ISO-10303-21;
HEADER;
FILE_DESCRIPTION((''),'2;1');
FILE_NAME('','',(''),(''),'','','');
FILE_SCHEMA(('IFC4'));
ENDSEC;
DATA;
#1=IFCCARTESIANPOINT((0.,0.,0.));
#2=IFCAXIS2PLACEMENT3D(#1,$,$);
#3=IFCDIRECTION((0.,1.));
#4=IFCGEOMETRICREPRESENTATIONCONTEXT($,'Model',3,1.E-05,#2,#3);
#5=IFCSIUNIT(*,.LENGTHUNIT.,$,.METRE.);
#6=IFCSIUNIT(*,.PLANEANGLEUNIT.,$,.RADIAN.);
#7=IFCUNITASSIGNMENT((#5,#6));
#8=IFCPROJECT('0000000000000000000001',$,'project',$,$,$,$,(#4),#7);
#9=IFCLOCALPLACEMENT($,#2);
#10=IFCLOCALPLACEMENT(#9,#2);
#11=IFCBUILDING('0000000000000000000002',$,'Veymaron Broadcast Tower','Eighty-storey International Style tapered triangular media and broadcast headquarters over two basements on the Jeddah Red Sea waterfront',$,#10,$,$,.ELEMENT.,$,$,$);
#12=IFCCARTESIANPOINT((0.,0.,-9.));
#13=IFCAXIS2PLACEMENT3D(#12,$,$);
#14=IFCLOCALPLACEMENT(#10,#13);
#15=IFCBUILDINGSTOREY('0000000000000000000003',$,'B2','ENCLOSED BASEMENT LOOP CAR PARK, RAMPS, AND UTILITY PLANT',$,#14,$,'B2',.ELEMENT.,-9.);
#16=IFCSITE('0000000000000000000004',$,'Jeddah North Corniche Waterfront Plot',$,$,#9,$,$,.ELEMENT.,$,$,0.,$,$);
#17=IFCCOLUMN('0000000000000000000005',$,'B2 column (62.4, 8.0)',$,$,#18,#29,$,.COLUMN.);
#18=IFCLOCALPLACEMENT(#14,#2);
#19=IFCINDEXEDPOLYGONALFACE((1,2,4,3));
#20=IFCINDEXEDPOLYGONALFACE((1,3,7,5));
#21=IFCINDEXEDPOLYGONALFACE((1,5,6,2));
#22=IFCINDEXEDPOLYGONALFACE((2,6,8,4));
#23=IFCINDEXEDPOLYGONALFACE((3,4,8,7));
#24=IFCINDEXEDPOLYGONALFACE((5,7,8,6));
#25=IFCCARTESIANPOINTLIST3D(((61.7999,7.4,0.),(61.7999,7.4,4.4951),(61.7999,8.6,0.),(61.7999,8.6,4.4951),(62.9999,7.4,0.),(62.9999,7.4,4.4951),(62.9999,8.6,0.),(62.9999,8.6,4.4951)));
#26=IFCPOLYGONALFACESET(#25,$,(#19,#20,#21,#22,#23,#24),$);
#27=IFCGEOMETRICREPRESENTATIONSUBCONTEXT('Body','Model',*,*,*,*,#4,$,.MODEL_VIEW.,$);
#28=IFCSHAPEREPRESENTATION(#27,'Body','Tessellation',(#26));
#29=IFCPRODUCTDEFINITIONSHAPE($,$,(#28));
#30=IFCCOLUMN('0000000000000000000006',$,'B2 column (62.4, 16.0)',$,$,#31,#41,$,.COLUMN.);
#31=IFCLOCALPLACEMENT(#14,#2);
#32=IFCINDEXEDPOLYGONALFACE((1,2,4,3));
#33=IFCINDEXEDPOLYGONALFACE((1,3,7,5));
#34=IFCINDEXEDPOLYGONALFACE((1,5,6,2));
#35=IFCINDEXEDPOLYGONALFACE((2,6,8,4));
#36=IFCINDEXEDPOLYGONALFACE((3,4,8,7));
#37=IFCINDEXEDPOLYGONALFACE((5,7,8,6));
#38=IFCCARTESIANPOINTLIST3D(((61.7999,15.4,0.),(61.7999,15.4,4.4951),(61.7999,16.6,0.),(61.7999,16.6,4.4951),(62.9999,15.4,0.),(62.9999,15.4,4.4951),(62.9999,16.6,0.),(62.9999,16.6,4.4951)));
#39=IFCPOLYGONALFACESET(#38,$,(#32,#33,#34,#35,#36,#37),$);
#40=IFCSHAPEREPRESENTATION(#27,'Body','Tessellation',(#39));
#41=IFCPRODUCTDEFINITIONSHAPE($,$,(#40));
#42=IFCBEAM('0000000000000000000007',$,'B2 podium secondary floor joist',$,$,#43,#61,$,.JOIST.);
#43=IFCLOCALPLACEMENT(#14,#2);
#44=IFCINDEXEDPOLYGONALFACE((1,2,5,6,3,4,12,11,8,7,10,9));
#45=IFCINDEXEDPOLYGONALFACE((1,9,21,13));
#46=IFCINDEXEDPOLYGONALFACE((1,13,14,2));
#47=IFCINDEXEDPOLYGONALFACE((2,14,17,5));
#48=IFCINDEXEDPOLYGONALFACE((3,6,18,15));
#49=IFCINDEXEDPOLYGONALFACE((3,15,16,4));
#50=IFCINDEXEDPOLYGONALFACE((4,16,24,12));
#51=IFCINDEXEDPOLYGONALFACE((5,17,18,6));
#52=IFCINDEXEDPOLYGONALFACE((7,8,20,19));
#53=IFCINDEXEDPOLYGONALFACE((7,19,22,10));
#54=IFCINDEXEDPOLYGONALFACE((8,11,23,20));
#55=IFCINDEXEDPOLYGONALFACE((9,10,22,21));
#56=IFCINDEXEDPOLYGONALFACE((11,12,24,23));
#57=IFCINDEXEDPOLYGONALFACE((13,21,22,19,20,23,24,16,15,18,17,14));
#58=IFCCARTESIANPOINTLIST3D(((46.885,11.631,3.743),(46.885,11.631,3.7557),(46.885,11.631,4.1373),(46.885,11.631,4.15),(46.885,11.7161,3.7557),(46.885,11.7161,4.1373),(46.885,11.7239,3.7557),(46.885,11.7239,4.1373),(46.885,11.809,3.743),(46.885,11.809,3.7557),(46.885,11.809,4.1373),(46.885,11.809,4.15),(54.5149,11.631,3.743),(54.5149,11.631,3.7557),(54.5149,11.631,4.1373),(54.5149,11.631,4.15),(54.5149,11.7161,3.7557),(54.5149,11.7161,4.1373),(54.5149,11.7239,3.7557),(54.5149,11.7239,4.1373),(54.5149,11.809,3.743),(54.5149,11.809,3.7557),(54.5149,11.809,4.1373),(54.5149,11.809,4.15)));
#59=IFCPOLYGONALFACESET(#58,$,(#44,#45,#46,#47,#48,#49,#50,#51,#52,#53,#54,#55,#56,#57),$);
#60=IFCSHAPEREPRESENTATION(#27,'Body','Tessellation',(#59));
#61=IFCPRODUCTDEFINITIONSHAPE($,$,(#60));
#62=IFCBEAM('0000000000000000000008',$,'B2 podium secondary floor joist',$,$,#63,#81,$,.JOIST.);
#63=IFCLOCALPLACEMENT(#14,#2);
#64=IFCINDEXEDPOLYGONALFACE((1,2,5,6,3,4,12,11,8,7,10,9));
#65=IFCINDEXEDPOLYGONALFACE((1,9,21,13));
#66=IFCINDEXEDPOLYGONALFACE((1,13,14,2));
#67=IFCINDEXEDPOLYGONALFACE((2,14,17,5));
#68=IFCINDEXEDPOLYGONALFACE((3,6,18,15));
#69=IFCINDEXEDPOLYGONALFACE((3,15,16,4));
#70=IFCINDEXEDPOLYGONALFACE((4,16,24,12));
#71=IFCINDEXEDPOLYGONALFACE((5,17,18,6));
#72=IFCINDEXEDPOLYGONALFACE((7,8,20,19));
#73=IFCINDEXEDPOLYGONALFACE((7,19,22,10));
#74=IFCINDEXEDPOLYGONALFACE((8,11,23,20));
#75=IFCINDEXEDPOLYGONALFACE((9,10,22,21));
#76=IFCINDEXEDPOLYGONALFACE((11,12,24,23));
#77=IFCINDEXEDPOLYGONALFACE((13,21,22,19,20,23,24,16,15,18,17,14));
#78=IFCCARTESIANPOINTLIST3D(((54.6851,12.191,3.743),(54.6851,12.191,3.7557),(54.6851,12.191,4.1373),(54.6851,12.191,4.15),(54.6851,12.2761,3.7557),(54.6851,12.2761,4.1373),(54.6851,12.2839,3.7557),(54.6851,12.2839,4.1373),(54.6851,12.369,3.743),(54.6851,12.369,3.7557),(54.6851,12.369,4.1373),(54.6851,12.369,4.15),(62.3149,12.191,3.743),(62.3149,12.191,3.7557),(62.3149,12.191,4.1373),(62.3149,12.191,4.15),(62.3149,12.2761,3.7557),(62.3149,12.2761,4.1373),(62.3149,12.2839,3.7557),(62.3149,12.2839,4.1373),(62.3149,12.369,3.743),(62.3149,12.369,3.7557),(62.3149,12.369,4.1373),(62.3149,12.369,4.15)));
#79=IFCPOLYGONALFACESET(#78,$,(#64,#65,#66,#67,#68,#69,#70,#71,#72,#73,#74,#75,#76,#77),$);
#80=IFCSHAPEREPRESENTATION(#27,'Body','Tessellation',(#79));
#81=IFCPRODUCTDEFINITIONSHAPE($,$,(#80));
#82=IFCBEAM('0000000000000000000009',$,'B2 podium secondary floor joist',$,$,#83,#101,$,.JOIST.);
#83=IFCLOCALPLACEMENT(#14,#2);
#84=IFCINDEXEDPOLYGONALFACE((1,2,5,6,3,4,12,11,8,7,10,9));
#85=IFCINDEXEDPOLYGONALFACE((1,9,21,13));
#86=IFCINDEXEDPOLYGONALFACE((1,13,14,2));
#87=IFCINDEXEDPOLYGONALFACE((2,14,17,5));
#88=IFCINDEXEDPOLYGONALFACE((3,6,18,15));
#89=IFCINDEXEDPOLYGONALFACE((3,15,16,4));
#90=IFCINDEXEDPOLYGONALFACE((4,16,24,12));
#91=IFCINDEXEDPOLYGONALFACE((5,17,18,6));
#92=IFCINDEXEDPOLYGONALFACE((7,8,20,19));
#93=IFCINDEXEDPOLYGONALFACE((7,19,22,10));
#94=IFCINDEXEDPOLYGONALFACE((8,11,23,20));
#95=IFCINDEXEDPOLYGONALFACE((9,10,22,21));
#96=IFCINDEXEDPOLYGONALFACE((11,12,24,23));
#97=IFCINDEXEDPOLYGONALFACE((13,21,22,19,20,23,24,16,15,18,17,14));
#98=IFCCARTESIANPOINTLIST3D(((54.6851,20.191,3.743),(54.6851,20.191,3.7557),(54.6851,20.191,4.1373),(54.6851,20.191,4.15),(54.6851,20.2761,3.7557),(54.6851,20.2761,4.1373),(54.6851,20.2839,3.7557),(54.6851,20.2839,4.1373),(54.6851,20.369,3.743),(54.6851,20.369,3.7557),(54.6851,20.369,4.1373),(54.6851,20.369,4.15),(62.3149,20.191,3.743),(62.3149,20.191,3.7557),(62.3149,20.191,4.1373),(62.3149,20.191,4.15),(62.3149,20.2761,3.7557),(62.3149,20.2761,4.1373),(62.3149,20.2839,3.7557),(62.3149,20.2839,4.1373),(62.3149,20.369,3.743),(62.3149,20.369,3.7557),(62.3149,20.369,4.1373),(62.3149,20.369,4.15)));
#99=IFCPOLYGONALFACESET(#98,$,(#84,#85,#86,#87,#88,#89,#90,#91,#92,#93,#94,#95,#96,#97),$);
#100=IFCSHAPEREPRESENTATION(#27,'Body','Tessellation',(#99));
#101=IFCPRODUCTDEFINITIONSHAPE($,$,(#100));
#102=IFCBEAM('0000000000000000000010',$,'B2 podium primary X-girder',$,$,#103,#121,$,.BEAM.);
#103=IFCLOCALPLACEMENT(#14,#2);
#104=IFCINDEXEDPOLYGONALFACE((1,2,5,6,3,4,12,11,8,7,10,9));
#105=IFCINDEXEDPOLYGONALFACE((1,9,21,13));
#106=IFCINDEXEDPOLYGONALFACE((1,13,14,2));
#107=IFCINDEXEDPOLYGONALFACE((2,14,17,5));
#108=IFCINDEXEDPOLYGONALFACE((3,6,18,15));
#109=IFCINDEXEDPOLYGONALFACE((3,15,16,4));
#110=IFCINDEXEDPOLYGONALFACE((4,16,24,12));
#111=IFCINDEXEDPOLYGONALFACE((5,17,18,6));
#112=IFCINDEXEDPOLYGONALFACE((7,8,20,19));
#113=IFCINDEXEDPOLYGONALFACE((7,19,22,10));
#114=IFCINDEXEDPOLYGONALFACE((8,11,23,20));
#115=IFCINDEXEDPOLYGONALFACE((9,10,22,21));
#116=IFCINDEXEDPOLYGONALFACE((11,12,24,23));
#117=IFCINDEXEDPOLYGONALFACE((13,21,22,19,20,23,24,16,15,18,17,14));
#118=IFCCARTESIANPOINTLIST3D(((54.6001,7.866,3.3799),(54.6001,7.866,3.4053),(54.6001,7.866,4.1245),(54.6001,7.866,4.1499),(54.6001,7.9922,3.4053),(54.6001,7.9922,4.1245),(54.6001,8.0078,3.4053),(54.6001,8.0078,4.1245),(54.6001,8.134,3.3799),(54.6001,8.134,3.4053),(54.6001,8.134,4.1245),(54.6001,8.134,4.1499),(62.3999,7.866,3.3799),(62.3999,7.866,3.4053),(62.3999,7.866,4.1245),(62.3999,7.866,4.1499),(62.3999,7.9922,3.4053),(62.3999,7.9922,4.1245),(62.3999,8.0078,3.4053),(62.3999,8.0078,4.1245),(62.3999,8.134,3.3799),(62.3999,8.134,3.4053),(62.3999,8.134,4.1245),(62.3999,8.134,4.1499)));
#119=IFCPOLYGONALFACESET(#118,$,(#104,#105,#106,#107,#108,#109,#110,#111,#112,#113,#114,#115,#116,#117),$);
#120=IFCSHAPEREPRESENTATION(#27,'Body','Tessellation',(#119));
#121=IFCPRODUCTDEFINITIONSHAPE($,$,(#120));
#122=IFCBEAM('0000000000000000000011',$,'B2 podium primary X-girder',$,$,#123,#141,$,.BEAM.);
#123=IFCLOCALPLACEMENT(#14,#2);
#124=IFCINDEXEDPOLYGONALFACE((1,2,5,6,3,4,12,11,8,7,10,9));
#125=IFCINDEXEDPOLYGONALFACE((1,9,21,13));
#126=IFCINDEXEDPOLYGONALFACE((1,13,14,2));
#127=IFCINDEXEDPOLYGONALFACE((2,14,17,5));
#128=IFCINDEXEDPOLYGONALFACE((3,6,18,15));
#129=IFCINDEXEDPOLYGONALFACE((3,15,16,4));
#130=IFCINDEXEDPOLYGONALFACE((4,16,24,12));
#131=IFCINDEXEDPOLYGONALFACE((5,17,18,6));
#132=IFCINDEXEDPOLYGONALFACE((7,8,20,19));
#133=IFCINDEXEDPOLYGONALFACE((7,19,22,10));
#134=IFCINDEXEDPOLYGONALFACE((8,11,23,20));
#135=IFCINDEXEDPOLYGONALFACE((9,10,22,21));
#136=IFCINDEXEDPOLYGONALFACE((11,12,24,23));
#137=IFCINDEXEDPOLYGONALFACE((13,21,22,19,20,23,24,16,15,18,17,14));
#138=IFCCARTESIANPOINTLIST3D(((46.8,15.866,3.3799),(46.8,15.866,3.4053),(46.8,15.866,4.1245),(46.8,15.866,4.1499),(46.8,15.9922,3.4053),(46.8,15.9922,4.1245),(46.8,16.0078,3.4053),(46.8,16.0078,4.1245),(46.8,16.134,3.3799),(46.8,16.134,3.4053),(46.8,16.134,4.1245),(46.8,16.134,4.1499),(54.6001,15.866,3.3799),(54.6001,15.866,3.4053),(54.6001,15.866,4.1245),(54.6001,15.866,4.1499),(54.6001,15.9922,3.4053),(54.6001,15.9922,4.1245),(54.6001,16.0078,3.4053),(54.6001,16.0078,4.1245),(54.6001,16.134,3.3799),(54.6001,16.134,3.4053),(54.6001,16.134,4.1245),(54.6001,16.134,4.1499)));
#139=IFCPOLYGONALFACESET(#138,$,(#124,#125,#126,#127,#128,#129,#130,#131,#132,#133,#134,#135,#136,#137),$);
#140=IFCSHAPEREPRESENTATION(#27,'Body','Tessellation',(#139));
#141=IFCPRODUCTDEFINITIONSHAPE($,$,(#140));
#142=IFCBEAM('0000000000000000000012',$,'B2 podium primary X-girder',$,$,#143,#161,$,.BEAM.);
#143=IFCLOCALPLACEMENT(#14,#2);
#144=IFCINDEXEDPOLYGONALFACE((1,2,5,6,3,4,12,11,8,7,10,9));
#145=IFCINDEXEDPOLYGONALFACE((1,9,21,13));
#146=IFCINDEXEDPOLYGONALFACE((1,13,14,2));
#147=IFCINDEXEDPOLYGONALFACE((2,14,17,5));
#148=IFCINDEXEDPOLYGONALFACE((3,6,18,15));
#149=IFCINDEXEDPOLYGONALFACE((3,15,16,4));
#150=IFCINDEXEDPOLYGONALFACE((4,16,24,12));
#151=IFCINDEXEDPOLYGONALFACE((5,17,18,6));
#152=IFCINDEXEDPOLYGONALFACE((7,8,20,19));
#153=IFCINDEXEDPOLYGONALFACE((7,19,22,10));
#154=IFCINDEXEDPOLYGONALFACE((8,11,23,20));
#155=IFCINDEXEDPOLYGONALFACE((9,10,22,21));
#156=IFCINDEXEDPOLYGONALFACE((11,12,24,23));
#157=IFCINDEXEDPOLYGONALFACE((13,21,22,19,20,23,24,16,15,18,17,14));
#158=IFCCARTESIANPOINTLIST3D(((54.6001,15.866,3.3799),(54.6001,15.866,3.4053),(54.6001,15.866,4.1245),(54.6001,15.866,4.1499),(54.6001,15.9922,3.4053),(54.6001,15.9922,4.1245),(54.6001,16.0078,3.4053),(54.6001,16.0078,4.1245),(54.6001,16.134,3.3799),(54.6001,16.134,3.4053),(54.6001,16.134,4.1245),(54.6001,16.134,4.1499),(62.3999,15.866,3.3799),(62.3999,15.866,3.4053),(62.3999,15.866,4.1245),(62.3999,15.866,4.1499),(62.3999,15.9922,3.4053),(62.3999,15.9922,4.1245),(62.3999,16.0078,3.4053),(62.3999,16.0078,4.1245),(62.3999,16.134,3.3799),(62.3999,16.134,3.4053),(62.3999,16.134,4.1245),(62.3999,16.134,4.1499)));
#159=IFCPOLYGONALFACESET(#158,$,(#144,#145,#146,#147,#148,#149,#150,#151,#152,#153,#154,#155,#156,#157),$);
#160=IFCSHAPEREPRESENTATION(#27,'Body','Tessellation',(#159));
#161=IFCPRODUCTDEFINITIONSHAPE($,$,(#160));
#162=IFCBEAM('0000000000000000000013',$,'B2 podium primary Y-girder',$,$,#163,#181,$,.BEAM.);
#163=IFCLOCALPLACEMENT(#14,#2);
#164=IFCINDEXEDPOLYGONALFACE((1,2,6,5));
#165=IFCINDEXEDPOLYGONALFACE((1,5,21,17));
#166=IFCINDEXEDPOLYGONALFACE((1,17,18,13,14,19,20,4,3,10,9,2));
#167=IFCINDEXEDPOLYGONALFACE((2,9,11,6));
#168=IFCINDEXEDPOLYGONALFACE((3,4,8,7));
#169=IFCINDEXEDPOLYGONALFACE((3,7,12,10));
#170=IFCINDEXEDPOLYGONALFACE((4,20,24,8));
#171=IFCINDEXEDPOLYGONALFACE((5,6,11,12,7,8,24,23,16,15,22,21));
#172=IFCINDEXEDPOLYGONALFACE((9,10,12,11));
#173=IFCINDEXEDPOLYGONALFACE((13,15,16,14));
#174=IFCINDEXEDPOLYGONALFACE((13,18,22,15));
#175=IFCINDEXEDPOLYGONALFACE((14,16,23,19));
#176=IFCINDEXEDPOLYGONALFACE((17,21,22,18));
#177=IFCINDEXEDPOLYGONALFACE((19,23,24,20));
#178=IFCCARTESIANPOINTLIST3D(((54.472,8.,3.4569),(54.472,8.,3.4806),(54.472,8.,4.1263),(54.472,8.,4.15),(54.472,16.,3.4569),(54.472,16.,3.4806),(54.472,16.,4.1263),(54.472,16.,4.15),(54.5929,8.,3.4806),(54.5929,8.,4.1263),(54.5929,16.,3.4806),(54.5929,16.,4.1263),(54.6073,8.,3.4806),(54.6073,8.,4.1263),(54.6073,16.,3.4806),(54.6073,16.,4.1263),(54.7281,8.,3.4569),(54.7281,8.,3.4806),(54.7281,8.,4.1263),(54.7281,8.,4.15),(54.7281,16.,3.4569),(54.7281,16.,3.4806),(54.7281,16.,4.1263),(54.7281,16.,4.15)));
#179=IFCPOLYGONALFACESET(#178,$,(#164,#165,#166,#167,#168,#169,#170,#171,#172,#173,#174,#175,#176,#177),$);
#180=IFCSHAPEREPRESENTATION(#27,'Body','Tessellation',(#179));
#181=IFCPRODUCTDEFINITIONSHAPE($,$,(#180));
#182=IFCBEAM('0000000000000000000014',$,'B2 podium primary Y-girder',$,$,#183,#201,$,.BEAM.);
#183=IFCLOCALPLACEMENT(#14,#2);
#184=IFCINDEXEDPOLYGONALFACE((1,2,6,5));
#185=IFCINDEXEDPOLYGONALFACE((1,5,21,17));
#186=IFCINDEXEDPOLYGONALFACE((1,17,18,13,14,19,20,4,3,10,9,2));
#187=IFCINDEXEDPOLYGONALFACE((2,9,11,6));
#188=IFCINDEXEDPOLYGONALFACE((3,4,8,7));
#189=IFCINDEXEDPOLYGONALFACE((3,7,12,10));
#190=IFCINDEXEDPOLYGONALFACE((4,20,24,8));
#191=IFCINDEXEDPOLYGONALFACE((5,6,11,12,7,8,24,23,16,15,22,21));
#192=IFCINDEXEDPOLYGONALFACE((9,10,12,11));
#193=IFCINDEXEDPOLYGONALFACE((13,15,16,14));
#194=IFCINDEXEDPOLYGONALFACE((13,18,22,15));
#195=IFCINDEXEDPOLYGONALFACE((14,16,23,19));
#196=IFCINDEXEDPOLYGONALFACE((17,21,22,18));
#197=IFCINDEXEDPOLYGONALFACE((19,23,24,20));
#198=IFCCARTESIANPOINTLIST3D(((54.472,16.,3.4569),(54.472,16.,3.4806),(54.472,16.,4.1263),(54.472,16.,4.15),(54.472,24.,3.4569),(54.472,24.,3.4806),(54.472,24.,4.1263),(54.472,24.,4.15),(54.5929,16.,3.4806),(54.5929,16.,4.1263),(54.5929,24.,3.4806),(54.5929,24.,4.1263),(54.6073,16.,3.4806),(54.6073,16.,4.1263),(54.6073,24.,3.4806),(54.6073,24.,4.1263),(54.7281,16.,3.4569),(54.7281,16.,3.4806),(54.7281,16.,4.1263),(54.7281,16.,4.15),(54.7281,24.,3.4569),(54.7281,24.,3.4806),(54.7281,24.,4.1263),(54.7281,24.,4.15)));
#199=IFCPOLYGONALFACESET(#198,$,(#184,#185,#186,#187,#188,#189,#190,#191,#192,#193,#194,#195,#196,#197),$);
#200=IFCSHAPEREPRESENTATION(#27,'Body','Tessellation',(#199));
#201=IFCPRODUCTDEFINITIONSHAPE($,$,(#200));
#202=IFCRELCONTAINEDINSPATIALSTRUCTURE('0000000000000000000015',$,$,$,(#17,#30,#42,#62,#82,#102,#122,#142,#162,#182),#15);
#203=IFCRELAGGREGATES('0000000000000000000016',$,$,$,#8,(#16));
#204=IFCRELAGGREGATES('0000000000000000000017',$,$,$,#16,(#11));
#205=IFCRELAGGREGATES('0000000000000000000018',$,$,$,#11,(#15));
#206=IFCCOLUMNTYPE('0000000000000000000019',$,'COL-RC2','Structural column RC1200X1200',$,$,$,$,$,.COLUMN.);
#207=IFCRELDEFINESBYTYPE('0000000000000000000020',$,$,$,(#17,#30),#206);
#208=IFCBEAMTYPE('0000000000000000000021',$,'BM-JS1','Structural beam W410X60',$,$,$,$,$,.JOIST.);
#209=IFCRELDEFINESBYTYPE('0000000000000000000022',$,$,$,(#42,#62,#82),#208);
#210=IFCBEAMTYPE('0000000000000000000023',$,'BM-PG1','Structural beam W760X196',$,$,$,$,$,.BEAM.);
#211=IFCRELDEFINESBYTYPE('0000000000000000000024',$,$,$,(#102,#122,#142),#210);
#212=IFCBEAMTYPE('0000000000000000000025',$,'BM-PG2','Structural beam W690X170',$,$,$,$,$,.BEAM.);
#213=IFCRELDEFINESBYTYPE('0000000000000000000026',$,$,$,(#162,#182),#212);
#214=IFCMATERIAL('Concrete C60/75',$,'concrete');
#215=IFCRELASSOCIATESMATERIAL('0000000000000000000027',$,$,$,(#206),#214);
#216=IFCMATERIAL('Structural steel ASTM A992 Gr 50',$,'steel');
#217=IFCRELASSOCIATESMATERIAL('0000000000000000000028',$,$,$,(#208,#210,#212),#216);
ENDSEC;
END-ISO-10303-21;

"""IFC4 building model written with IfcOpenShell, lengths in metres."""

from ifc_helpers import new_model, si_unit, direction, frame, origin, origin_2d, place, context, subcontext, project, spatial, rectangle, i_section, extrude, material, material_profile, profile_set, type_object, element, save


model = new_model("IFC4")

# Units and contexts
model_context = context("Model", 3, precision=1e-05, world=origin(), true_north=direction((0.0, 1.0)))
body_context = subcontext(model_context, "Body", "Model", "MODEL_VIEW")
ifc_project = project(units=[si_unit("LENGTHUNIT", "METRE"), si_unit("PLANEANGLEUNIT", "RADIAN")], contexts=[model_context])

# Site, building, storey
site_placement = place(None, origin())
site = spatial("IfcSite", under=ifc_project, at=site_placement, Name="Jeddah North Corniche Waterfront Plot", CompositionType="ELEMENT", RefElevation=0.0)
building_placement = place(site_placement, origin())
building = spatial("IfcBuilding", under=site, at=building_placement, Name="Veymaron Broadcast Tower", Description="Eighty-storey International Style tapered triangular media and broadcast headquarters over two basements on the Jeddah Red Sea waterfront", CompositionType="ELEMENT")
storey_placement = place(building_placement, frame((0.0, 0.0, -9.0)))
storey = spatial("IfcBuildingStorey", under=building, at=storey_placement, Name="B2", Description="ENCLOSED BASEMENT LOOP CAR PARK, RAMPS, AND UTILITY PLANT", LongName="B2", CompositionType="ELEMENT", Elevation=-9.0)

# Columns
ifc_material_1 = material(Name="Concrete C60/75", Category="concrete")
ifc_material_profile_1 = material_profile(ifc_material_1, rectangle(XDim=1.2, YDim=1.2, at=origin_2d()), Name="RC1200X1200")
ifc_profile_set_1 = profile_set([ifc_material_profile_1], Name="Concrete C60/75")
column_type_1 = type_object("IfcColumnType", Name="COL-RC2", Description="Structural column RC1200X1200", PredefinedType="COLUMN", material=ifc_profile_set_1)
for number, where, z_axis, x_axis, name in (
    (1, (62.3999, 8.0, 0.0), (0.0, 0.0, 1.0), (1.0, 0.0, 0.0), "B2 column (62.4, 8.0)"),
    (2, (62.3999, 16.0, 0.0), (0.0, 0.0, 1.0), (1.0, 0.0, 0.0), "B2 column (62.4, 16.0)"),
):
    element("IfcColumn", number, at=place(storey_placement, frame(where, z_axis=z_axis, x_axis=x_axis)), inside=storey, type_object=column_type_1, Name=name, PredefinedType="COLUMN", context=body_context, shape_type="SweptSolid", body=[
        extrude(rectangle(XDim=1.2, YDim=1.2, at=origin_2d()), origin(), (0.0, 0.0, 1.0), 4.4951),
    ])

# Beams
ifc_material_2 = material(Name="Structural steel ASTM A992 Gr 50", Category="steel")
ifc_material_profile_2 = material_profile(ifc_material_2, i_section(OverallWidth=0.178, OverallDepth=0.407, WebThickness=0.0078, FlangeThickness=0.0127, at=origin_2d()), Name="W410X60")
ifc_profile_set_2 = profile_set([ifc_material_profile_2], Name="Structural steel ASTM A992 Gr 50")
beam_type_1 = type_object("IfcBeamType", Name="BM-JS1", Description="Structural beam W410X60", PredefinedType="JOIST", material=ifc_profile_set_2)
for number, where, z_axis, x_axis, name in (
    (3, (46.885, 11.72, 3.9465), (1.0, 0.0, 0.0), (0.0, 1.0, 0.0), "B2 podium secondary floor joist"),
    (4, (54.6851, 12.28, 3.9465), (1.0, 0.0, 0.0), (0.0, 1.0, 0.0), "B2 podium secondary floor joist"),
    (5, (54.6851, 20.28, 3.9465), (1.0, 0.0, 0.0), (0.0, 1.0, 0.0), "B2 podium secondary floor joist"),
):
    element("IfcBeam", number, at=place(storey_placement, frame(where, z_axis=z_axis, x_axis=x_axis)), inside=storey, type_object=beam_type_1, Name=name, PredefinedType="JOIST", context=body_context, shape_type="SweptSolid", body=[
        extrude(i_section(OverallWidth=0.178, OverallDepth=0.407, WebThickness=0.0078, FlangeThickness=0.0127, at=origin_2d()), origin(), (0.0, 0.0, 1.0), 7.6299),
    ])
ifc_material_profile_3 = material_profile(ifc_material_2, i_section(OverallWidth=0.2681, OverallDepth=0.77, WebThickness=0.0156, FlangeThickness=0.0254, at=origin_2d()), Name="W760X196")
ifc_profile_set_3 = profile_set([ifc_material_profile_3], Name="Structural steel ASTM A992 Gr 50")
beam_type_2 = type_object("IfcBeamType", Name="BM-PG1", Description="Structural beam W760X196", PredefinedType="BEAM", material=ifc_profile_set_3)
beam_1_placement = place(storey_placement, frame((54.6001, 8.0, 3.7649), z_axis=(1.0, 0.0, 0.0), x_axis=(0.0, 1.0, 0.0)))
element("IfcBeam", 6, at=beam_1_placement, inside=storey, type_object=beam_type_2, Name="B2 podium primary X-girder", PredefinedType="BEAM", context=body_context, shape_type="SweptSolid", body=[
    extrude(i_section(OverallWidth=0.2681, OverallDepth=0.77, WebThickness=0.0156, FlangeThickness=0.0254, at=origin_2d()), origin(), (0.0, 0.0, 1.0), 7.7998),
])
beam_2_placement = place(storey_placement, frame((46.8, 16.0, 3.7649), z_axis=(1.0, 0.0, 0.0), x_axis=(0.0, 1.0, 0.0)))
element("IfcBeam", 7, at=beam_2_placement, inside=storey, type_object=beam_type_2, Name="B2 podium primary X-girder", PredefinedType="BEAM", context=body_context, shape_type="SweptSolid", body=[
    extrude(i_section(OverallWidth=0.2681, OverallDepth=0.77, WebThickness=0.0156, FlangeThickness=0.0254, at=origin_2d()), origin(), (0.0, 0.0, 1.0), 7.8),
])
beam_3_placement = place(storey_placement, frame((54.6001, 16.0, 3.7649), z_axis=(1.0, 0.0, 0.0), x_axis=(0.0, 1.0, 0.0)))
element("IfcBeam", 8, at=beam_3_placement, inside=storey, type_object=beam_type_2, Name="B2 podium primary X-girder", PredefinedType="BEAM", context=body_context, shape_type="SweptSolid", body=[
    extrude(i_section(OverallWidth=0.2681, OverallDepth=0.77, WebThickness=0.0156, FlangeThickness=0.0254, at=origin_2d()), origin(), (0.0, 0.0, 1.0), 7.7998),
])
ifc_material_profile_4 = material_profile(ifc_material_2, i_section(OverallWidth=0.2561, OverallDepth=0.6931, WebThickness=0.0144, FlangeThickness=0.0237, at=origin_2d()), Name="W690X170")
ifc_profile_set_4 = profile_set([ifc_material_profile_4], Name="Structural steel ASTM A992 Gr 50")
beam_type_3 = type_object("IfcBeamType", Name="BM-PG2", Description="Structural beam W690X170", PredefinedType="BEAM", material=ifc_profile_set_4)
for number, where, z_axis, x_axis, name in (
    (9, (54.6001, 8.0, 3.8035), (0.0, 1.0, 0.0), (-1.0, 0.0, 0.0), "B2 podium primary Y-girder"),
    (10, (54.6001, 16.0, 3.8035), (0.0, 1.0, 0.0), (-1.0, 0.0, 0.0), "B2 podium primary Y-girder"),
):
    element("IfcBeam", number, at=place(storey_placement, frame(where, z_axis=z_axis, x_axis=x_axis)), inside=storey, type_object=beam_type_3, Name=name, PredefinedType="BEAM", context=body_context, shape_type="SweptSolid", body=[
        extrude(i_section(OverallWidth=0.2561, OverallDepth=0.6931, WebThickness=0.0144, FlangeThickness=0.0237, at=origin_2d()), origin(), (0.0, 0.0, 1.0), 8.0),
    ])

save(model, "model.ifc")
